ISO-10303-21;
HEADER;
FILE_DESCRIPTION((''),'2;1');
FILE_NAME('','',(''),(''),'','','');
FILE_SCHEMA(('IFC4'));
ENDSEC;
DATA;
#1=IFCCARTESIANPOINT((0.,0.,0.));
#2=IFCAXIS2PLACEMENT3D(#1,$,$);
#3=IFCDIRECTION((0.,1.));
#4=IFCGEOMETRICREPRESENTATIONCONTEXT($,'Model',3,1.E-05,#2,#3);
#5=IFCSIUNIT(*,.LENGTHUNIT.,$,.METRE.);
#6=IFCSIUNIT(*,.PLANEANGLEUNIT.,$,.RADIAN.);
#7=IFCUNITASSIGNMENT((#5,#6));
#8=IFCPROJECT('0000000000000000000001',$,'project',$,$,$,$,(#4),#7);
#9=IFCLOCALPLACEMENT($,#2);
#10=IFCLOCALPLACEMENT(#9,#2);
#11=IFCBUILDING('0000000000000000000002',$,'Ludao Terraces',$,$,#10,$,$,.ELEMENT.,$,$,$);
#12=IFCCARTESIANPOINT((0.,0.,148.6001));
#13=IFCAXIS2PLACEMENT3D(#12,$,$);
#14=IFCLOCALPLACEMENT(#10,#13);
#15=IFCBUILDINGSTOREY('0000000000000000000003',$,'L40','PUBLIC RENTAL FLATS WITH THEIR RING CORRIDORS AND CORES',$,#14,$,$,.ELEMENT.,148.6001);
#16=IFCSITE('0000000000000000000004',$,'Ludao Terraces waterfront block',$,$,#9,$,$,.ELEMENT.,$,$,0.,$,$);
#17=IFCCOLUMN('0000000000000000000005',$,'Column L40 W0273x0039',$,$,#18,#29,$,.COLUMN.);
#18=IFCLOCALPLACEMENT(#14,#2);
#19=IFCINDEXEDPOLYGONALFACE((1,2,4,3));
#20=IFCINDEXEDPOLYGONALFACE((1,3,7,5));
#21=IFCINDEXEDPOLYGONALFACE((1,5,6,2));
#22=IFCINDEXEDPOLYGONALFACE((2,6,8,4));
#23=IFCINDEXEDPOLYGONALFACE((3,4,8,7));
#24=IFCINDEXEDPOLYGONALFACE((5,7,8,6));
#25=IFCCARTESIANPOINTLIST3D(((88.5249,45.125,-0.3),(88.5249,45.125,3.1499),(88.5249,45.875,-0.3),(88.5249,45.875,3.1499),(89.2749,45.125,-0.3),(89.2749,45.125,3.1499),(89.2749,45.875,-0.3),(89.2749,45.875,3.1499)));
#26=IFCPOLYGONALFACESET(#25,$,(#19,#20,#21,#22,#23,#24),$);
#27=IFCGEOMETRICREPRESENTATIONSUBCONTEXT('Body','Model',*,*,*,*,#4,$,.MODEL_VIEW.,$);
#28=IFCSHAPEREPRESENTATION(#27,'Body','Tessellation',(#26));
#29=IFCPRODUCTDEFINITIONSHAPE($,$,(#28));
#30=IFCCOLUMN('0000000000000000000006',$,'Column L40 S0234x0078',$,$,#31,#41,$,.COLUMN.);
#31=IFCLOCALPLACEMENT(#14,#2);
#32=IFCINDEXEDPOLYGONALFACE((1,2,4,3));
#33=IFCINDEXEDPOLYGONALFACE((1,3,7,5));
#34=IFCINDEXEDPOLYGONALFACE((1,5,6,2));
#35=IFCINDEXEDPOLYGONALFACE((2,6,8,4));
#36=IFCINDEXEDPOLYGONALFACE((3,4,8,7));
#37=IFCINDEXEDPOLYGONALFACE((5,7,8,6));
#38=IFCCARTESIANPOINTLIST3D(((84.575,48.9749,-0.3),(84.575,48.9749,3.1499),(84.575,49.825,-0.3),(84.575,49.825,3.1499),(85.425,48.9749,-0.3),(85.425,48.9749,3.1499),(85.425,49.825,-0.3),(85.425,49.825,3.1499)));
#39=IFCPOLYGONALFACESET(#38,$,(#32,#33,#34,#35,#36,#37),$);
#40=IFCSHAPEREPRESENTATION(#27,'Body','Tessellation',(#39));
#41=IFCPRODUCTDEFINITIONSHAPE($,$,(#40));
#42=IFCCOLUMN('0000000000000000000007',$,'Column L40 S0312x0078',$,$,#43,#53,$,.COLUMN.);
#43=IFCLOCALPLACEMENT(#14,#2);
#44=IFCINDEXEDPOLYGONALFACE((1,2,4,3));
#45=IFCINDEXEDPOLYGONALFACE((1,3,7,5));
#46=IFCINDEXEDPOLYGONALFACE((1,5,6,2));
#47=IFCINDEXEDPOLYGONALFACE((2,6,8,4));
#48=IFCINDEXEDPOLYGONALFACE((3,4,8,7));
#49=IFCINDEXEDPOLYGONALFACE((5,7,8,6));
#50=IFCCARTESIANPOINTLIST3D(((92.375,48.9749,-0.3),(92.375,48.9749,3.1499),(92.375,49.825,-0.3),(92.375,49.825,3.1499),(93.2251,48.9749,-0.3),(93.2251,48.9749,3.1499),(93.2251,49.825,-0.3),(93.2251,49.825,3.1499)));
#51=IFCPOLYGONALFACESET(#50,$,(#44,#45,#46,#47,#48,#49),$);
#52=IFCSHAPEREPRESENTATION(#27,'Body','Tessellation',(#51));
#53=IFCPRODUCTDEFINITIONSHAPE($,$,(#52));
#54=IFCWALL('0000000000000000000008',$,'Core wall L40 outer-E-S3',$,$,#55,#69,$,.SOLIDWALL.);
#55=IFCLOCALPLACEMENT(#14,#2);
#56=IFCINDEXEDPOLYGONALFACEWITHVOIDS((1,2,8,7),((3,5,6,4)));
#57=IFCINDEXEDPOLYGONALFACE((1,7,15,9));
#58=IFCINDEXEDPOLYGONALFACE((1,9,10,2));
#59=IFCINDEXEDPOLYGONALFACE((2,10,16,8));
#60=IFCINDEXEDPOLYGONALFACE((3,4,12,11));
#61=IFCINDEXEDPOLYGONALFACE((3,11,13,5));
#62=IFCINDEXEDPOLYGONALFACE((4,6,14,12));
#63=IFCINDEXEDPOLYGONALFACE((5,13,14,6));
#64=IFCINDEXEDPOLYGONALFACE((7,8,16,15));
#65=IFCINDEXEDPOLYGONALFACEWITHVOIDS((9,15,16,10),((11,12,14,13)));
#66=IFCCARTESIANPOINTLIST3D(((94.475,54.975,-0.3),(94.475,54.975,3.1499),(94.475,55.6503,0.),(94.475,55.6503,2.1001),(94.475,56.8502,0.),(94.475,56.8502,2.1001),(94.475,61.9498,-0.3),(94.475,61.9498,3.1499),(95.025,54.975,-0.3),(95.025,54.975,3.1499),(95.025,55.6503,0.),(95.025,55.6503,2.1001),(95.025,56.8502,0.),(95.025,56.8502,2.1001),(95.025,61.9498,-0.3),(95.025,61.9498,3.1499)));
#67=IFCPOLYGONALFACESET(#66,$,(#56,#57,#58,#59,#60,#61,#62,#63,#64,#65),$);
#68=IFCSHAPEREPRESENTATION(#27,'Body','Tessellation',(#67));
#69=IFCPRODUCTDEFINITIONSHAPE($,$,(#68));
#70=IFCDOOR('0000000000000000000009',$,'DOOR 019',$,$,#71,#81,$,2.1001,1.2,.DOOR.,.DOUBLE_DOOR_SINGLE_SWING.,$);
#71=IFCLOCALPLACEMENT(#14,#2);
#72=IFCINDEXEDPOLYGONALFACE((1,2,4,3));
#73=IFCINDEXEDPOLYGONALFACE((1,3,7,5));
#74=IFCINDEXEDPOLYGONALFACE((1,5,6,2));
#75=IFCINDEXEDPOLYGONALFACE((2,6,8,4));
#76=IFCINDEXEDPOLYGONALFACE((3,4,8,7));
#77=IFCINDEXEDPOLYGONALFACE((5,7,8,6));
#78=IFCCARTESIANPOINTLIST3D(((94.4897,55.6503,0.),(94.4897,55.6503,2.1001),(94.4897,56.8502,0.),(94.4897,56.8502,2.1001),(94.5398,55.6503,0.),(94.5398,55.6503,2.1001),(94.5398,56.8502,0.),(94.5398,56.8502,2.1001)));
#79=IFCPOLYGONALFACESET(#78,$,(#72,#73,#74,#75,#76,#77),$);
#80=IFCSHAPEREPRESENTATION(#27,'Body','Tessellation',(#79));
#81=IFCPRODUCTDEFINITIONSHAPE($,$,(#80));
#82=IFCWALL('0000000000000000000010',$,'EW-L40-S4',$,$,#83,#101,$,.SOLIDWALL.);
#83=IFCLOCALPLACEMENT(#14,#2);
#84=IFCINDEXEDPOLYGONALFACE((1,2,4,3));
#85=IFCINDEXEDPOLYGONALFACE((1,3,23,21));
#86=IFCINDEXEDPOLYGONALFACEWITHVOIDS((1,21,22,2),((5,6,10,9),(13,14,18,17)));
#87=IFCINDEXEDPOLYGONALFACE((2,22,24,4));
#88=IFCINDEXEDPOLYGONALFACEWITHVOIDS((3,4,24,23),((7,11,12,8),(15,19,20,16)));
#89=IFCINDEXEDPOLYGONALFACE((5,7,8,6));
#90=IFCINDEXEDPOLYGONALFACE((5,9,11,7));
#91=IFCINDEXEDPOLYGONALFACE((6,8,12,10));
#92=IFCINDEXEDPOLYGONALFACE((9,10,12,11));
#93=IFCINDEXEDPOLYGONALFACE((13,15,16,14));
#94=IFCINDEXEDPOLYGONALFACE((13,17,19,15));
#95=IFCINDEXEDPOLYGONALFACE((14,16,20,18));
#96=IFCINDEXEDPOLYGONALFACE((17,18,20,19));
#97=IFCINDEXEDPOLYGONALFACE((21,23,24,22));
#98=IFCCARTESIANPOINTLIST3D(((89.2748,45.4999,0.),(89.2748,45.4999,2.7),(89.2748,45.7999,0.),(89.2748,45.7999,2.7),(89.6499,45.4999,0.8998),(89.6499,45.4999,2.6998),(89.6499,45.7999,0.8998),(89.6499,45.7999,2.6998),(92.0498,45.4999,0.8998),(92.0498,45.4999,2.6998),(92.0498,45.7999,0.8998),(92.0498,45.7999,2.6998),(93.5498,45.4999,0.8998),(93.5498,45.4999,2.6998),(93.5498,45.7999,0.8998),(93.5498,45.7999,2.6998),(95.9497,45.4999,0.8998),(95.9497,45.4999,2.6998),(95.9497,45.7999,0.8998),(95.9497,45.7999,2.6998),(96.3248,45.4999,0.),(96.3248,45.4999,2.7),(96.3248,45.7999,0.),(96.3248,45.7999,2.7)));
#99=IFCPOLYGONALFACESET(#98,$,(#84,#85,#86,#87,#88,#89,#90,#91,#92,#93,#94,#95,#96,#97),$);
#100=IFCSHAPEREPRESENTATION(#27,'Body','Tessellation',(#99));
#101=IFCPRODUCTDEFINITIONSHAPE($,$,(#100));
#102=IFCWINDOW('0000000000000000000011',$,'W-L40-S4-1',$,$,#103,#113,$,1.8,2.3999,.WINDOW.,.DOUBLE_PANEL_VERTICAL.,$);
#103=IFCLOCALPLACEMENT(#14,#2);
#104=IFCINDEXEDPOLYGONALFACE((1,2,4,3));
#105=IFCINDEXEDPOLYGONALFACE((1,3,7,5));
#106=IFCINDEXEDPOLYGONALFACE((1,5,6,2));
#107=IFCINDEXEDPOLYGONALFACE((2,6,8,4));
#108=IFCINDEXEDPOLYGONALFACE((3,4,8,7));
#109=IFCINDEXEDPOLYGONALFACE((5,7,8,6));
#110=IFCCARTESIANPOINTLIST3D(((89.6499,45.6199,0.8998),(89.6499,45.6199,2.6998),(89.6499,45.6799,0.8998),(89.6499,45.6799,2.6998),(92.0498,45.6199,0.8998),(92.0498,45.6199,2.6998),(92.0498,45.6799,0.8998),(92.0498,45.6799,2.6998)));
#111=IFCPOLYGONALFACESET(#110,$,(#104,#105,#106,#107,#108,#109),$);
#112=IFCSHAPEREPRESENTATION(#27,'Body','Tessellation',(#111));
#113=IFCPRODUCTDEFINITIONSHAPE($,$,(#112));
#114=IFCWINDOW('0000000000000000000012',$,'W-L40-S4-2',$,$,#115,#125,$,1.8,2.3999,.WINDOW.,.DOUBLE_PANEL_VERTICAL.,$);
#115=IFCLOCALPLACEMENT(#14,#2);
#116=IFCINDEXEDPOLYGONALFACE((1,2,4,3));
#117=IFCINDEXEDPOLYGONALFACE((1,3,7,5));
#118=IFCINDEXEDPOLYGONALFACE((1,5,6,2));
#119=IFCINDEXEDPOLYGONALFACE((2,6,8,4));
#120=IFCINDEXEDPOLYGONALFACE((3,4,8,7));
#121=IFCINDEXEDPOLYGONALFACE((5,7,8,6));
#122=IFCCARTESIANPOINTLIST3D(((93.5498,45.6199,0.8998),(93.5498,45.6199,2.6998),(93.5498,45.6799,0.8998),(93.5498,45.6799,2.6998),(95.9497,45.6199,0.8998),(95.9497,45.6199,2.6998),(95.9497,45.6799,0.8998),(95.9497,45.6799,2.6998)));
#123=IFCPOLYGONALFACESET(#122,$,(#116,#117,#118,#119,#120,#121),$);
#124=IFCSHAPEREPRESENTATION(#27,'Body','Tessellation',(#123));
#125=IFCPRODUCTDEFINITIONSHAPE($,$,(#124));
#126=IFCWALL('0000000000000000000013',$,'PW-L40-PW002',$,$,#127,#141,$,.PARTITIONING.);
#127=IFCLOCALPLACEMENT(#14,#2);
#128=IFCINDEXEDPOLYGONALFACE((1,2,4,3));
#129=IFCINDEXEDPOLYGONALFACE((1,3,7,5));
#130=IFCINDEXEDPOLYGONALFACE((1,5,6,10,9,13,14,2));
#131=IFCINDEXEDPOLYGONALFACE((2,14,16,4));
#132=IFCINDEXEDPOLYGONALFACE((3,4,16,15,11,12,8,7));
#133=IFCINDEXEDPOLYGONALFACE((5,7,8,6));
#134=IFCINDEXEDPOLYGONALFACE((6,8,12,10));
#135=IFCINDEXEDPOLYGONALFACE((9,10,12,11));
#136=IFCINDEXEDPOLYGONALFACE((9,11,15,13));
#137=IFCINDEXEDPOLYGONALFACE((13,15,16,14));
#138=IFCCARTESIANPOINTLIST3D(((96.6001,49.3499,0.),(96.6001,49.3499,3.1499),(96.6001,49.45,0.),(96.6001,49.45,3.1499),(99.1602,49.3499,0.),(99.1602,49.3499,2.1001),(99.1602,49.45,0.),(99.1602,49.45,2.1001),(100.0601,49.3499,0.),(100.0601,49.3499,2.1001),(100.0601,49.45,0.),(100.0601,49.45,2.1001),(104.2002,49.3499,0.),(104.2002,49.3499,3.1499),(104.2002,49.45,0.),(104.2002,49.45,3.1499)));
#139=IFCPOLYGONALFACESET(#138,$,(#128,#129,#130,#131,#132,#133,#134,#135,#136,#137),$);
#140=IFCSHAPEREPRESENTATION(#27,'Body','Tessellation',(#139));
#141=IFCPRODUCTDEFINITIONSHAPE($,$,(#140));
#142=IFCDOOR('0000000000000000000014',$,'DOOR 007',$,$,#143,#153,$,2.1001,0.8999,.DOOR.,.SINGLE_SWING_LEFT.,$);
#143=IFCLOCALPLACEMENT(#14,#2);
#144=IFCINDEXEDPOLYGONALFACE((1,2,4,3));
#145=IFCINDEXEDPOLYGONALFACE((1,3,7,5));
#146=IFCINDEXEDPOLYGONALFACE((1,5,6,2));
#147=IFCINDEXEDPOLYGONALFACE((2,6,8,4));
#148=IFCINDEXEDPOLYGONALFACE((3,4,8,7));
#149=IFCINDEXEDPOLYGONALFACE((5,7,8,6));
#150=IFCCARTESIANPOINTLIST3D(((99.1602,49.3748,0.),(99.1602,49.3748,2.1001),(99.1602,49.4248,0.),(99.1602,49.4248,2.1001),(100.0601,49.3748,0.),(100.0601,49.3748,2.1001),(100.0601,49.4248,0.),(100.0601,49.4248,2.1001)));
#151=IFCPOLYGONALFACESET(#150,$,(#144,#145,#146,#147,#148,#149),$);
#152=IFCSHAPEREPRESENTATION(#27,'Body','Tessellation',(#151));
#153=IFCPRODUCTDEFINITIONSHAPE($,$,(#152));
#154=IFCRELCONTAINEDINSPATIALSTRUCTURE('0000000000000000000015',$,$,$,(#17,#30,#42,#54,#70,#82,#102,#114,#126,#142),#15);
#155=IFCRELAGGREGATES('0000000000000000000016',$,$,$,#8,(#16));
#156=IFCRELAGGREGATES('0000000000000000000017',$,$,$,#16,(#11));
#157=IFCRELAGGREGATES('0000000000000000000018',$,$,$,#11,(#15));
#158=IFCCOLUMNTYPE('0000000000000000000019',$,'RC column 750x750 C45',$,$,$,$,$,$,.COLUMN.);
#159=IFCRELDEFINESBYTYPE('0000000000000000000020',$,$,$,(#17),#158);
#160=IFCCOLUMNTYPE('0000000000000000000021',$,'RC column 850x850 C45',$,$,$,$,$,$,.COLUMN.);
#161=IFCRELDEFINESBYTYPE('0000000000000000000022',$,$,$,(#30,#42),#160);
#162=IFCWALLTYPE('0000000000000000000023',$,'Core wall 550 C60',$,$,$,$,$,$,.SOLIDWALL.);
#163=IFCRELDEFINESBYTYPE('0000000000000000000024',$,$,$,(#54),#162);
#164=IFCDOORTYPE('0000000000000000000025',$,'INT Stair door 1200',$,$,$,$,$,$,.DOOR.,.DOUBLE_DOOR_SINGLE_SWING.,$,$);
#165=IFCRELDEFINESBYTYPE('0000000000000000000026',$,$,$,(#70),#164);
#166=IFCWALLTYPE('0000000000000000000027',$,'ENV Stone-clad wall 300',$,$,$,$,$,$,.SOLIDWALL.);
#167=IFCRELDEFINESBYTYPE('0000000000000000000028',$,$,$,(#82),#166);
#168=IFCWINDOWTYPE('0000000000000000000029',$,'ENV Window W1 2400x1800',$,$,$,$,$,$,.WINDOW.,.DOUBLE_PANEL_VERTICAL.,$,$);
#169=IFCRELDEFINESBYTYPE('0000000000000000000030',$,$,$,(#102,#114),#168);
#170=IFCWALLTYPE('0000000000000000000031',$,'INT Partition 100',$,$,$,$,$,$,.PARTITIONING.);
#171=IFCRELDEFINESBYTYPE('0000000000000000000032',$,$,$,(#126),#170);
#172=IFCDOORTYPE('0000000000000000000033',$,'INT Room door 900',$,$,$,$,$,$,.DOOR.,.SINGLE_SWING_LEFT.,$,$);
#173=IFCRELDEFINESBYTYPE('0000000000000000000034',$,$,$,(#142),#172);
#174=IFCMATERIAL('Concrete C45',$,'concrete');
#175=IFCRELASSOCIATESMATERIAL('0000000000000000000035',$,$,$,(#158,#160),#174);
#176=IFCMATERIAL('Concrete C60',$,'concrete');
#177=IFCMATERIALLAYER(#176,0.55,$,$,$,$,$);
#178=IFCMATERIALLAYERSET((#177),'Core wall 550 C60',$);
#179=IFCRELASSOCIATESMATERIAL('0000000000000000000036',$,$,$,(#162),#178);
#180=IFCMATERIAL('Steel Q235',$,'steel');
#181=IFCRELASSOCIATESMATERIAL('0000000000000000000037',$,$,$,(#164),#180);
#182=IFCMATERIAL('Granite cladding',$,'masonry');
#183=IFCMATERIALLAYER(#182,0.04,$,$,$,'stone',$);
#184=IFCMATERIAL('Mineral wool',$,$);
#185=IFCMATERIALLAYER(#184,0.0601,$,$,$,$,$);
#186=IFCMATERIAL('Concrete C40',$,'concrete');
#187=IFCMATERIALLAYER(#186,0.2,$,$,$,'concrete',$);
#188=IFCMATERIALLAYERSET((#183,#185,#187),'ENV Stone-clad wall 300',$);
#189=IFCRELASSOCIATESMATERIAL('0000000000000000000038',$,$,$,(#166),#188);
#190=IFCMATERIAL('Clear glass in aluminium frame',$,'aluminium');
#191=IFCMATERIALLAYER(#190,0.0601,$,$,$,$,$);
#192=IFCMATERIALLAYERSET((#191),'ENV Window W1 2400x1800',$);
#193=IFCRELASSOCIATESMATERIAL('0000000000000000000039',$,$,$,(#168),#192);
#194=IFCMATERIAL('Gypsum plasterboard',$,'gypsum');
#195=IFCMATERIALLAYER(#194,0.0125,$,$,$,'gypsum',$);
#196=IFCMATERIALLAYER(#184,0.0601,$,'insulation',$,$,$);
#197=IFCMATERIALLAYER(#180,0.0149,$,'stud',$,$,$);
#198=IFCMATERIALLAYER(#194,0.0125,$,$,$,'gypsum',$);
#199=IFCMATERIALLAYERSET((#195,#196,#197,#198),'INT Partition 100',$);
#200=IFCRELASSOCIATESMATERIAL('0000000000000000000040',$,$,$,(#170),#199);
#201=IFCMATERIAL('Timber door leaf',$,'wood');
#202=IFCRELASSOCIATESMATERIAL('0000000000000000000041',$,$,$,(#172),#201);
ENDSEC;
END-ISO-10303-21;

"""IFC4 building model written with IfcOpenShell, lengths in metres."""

from ifc_helpers import new_model, si_unit, direction, frame, frame_2d, origin, origin_2d, place, context, subcontext, project, spatial, rectangle, extrude, material, layer, layer_set, material_profile, profile_set, type_object, element, fill, save


model = new_model("IFC4")

# Units and contexts
model_context = context("Model", 3, precision=1e-05, world=origin(), true_north=direction((0.0, 1.0)))
body_context = subcontext(model_context, "Body", "Model", "MODEL_VIEW")
ifc_project = project(units=[si_unit("LENGTHUNIT", "METRE"), si_unit("PLANEANGLEUNIT", "RADIAN")], contexts=[model_context])

# Site, building, storey
site_placement = place(None, origin())
site = spatial("IfcSite", under=ifc_project, at=site_placement, Name="Ludao Terraces waterfront block", CompositionType="ELEMENT", RefElevation=0.0)
building_placement = place(site_placement, origin())
building = spatial("IfcBuilding", under=site, at=building_placement, Name="Ludao Terraces", CompositionType="ELEMENT")
storey_placement = place(building_placement, frame((0.0, 0.0, 148.6001)))
storey = spatial("IfcBuildingStorey", under=building, at=storey_placement, Name="L40", Description="PUBLIC RENTAL FLATS WITH THEIR RING CORRIDORS AND CORES", CompositionType="ELEMENT", Elevation=148.6001)

# Columns
ifc_material_1 = material(Name="Concrete C45", Category="concrete")
ifc_material_profile_1 = material_profile(ifc_material_1, rectangle(XDim=0.75, YDim=0.75, at=origin_2d()), Name="750 X 750")
ifc_profile_set_1 = profile_set([ifc_material_profile_1], Name="Concrete C45")
column_type_1 = type_object("IfcColumnType", Name="RC column 750x750 C45", PredefinedType="COLUMN", material=ifc_profile_set_1)
column_placement = place(storey_placement, frame((88.8999, 45.5, -0.3), z_axis=(0.0, 0.0, 1.0), x_axis=(1.0, 0.0, 0.0)))
element("IfcColumn", 1, at=column_placement, inside=storey, type_object=column_type_1, Name="Column L40 W0273x0039", PredefinedType="COLUMN", context=body_context, shape_type="SweptSolid", body=[
    extrude(rectangle(XDim=0.75, YDim=0.75, at=origin_2d()), origin(), (0.0, 0.0, 1.0), 3.45),
])
ifc_material_profile_2 = material_profile(ifc_material_1, rectangle(XDim=0.8501, YDim=0.8501, at=origin_2d()), Name="850 X 850")
ifc_profile_set_2 = profile_set([ifc_material_profile_2], Name="Concrete C45")
column_type_2 = type_object("IfcColumnType", Name="RC column 850x850 C45", PredefinedType="COLUMN", material=ifc_profile_set_2)
for number, where, z_axis, x_axis, name in (
    (2, (85.0, 49.3999, -0.3), (0.0, 0.0, 1.0), (1.0, 0.0, 0.0), "Column L40 S0234x0078"),
    (3, (92.8, 49.3999, -0.3), (0.0, 0.0, 1.0), (1.0, 0.0, 0.0), "Column L40 S0312x0078"),
):
    element("IfcColumn", number, at=place(storey_placement, frame(where, z_axis=z_axis, x_axis=x_axis)), inside=storey, type_object=column_type_2, Name=name, PredefinedType="COLUMN", context=body_context, shape_type="SweptSolid", body=[
        extrude(rectangle(XDim=0.8501, YDim=0.8501, at=origin_2d()), origin(), (0.0, 0.0, 1.0), 3.45),
    ])

# Wall, opening, door
ifc_material_2 = material(Name="Concrete C60", Category="concrete")
ifc_layer_1 = layer(ifc_material_2, 0.55)
ifc_layer_set_1 = layer_set([ifc_layer_1], Name="Core wall 550 C60")
wall_type_1 = type_object("IfcWallType", Name="Core wall 550 C60", PredefinedType="SOLIDWALL", material=ifc_layer_set_1)
wall_1_placement = place(storey_placement, frame((94.75, 54.9751, -0.3), z_axis=(0.0, 0.0, 1.0), x_axis=(0.0, 1.0, 0.0)))
wall_1 = element("IfcWall", 4, at=wall_1_placement, inside=storey, type_object=wall_type_1, Name="Core wall L40 outer-E-S3", PredefinedType="SOLIDWALL", context=body_context, shape_type="SweptSolid", body=[
    extrude(rectangle(XDim=6.9749, YDim=0.55, at=frame_2d((3.4873, 0.0))), origin(), (0.0, 0.0, 1.0), 3.45),
])
opening_1_placement = place(wall_1_placement, frame((0.675, 0.0, 0.3)))
opening_1 = element("IfcOpeningElement", 5, at=opening_1_placement, cuts=wall_1, PredefinedType="OPENING", context=body_context, shape_type="SweptSolid", body=[
    extrude(rectangle(XDim=1.2, YDim=2.1001, at=frame_2d((0.6001, 1.05))), frame((0.0, 0.2852, 0.0), z_axis=(0.0, -1.0, 0.0), x_axis=(1.0, 0.0, 0.0)), (0.0, 0.0, 1.0), 0.5701),
])
ifc_material_3 = material(Name="Steel Q235", Category="steel")
door_type_1 = type_object("IfcDoorType", Name="INT Stair door 1200", OperationType="DOUBLE_DOOR_SINGLE_SWING", PredefinedType="DOOR", material=ifc_material_3)
door_1_placement = place(opening_1_placement, origin())
door_1 = element("IfcDoor", 6, at=door_1_placement, inside=storey, type_object=door_type_1, Name="DOOR 019", OperationType="DOUBLE_DOOR_SINGLE_SWING", OverallHeight=2.1001, OverallWidth=1.2, PredefinedType="DOOR", context=body_context, shape_type="SweptSolid", body=[
    extrude(rectangle(XDim=1.2, YDim=2.1001, at=frame_2d((0.6001, 1.05))), frame((0.0, 0.2603, 0.0), z_axis=(0.0, -1.0, 0.0), x_axis=(1.0, 0.0, 0.0)), (0.0, 0.0, 1.0), 0.05),
])
fill(opening_1, door_1)

# Wall, openings, windows
ifc_material_4 = material(Name="Granite cladding", Category="masonry")
ifc_layer_2 = layer(ifc_material_4, 0.04, Category="stone")
ifc_material_5 = material(Name="Mineral wool")
ifc_layer_3 = layer(ifc_material_5, 0.0601)
ifc_material_6 = material(Name="Concrete C40", Category="concrete")
ifc_layer_4 = layer(ifc_material_6, 0.2, Category="concrete")
ifc_layer_set_2 = layer_set([ifc_layer_2, ifc_layer_3, ifc_layer_4], Name="ENV Stone-clad wall 300")
wall_type_2 = type_object("IfcWallType", Name="ENV Stone-clad wall 300", PredefinedType="SOLIDWALL", material=ifc_layer_set_2)
wall_2_placement = place(storey_placement, frame((89.2749, 45.6499, 0.0), z_axis=(0.0, 0.0, 1.0), x_axis=(1.0, 0.0, 0.0)))
wall_2 = element("IfcWall", 7, at=wall_2_placement, inside=storey, type_object=wall_type_2, Name="EW-L40-S4", PredefinedType="SOLIDWALL", context=body_context, shape_type="SweptSolid", body=[
    extrude(rectangle(XDim=7.05, YDim=0.3, at=frame_2d((3.5249, 0.0))), origin(), (0.0, 0.0, 1.0), 2.7),
])
opening_2_placement = place(wall_2_placement, frame((0.375, 0.0, 0.8999)))
opening_2 = element("IfcOpeningElement", 8, at=opening_2_placement, cuts=wall_2, PredefinedType="OPENING", context=body_context, shape_type="SweptSolid", body=[
    extrude(rectangle(XDim=2.3999, YDim=1.8, at=frame_2d((1.2, 0.8999))), frame((0.0, 0.1602, 0.0), z_axis=(0.0, -1.0, 0.0), x_axis=(1.0, 0.0, 0.0)), (0.0, 0.0, 1.0), 0.3201),
])
opening_3_placement = place(wall_2_placement, frame((4.2749, 0.0, 0.8999)))
opening_3 = element("IfcOpeningElement", 9, at=opening_3_placement, cuts=wall_2, PredefinedType="OPENING", context=body_context, shape_type="SweptSolid", body=[
    extrude(rectangle(XDim=2.3999, YDim=1.8, at=frame_2d((1.2, 0.8999))), frame((0.0, 0.1602, 0.0), z_axis=(0.0, -1.0, 0.0), x_axis=(1.0, 0.0, 0.0)), (0.0, 0.0, 1.0), 0.3201),
])
ifc_material_7 = material(Name="Clear glass in aluminium frame", Category="aluminium")
ifc_layer_5 = layer(ifc_material_7, 0.0601)
ifc_layer_set_3 = layer_set([ifc_layer_5], Name="ENV Window W1 2400x1800")
window_type = type_object("IfcWindowType", Name="ENV Window W1 2400x1800", PartitioningType="DOUBLE_PANEL_VERTICAL", PredefinedType="WINDOW", material=ifc_layer_set_3)
window_1_placement = place(opening_2_placement, origin())
window_1 = element("IfcWindow", 10, at=window_1_placement, inside=storey, type_object=window_type, Name="W-L40-S4-1", OverallHeight=1.8, OverallWidth=2.3999, PartitioningType="DOUBLE_PANEL_VERTICAL", PredefinedType="WINDOW", context=body_context, shape_type="SweptSolid", body=[
    extrude(rectangle(XDim=2.3999, YDim=1.8, at=frame_2d((1.2, 0.8999))), frame((0.0, 0.03, 0.0), z_axis=(0.0, -1.0, 0.0), x_axis=(1.0, 0.0, 0.0)), (0.0, 0.0, 1.0), 0.0601),
])
fill(opening_2, window_1)
window_2_placement = place(opening_3_placement, origin())
window_2 = element("IfcWindow", 11, at=window_2_placement, inside=storey, type_object=window_type, Name="W-L40-S4-2", OverallHeight=1.8, OverallWidth=2.3999, PartitioningType="DOUBLE_PANEL_VERTICAL", PredefinedType="WINDOW", context=body_context, shape_type="SweptSolid", body=[
    extrude(rectangle(XDim=2.3999, YDim=1.8, at=frame_2d((1.2, 0.8999))), frame((0.0, 0.03, 0.0), z_axis=(0.0, -1.0, 0.0), x_axis=(1.0, 0.0, 0.0)), (0.0, 0.0, 1.0), 0.0601),
])
fill(opening_3, window_2)

# Wall, opening, door
ifc_material_8 = material(Name="Gypsum plasterboard", Category="gypsum")
ifc_layer_6 = layer(ifc_material_8, 0.0125, Category="gypsum")
ifc_layer_7 = layer(ifc_material_5, 0.0601, Name="insulation")
ifc_layer_8 = layer(ifc_material_3, 0.0149, Name="stud")
ifc_layer_9 = layer(ifc_material_8, 0.0125, Category="gypsum")
ifc_layer_set_4 = layer_set([ifc_layer_6, ifc_layer_7, ifc_layer_8, ifc_layer_9], Name="INT Partition 100")
wall_type_3 = type_object("IfcWallType", Name="INT Partition 100", PredefinedType="PARTITIONING", material=ifc_layer_set_4)
wall_3_placement = place(storey_placement, frame((96.6001, 49.3999, 0.0), z_axis=(0.0, 0.0, 1.0), x_axis=(1.0, 0.0, 0.0)))
wall_3 = element("IfcWall", 12, at=wall_3_placement, inside=storey, type_object=wall_type_3, Name="PW-L40-PW002", PredefinedType="PARTITIONING", context=body_context, shape_type="SweptSolid", body=[
    extrude(rectangle(XDim=7.6001, YDim=0.1001, at=frame_2d((3.8, 0.0))), origin(), (0.0, 0.0, 1.0), 3.1499),
])
opening_4_placement = place(wall_3_placement, frame((2.5601, 0.0, 0.0)))
opening_4 = element("IfcOpeningElement", 13, at=opening_4_placement, cuts=wall_3, PredefinedType="OPENING", context=body_context, shape_type="SweptSolid", body=[
    extrude(rectangle(XDim=0.8999, YDim=2.1001, at=frame_2d((0.45, 1.05))), frame((0.0, 0.0601, 0.0), z_axis=(0.0, -1.0, 0.0), x_axis=(1.0, 0.0, 0.0)), (0.0, 0.0, 1.0), 0.1201),
])
ifc_material_9 = material(Name="Timber door leaf", Category="wood")
door_type_2 = type_object("IfcDoorType", Name="INT Room door 900", OperationType="SINGLE_SWING_LEFT", PredefinedType="DOOR", material=ifc_material_9)
door_2_placement = place(opening_4_placement, origin())
door_2 = element("IfcDoor", 14, at=door_2_placement, inside=storey, type_object=door_type_2, Name="DOOR 007", OperationType="SINGLE_SWING_LEFT", OverallHeight=2.1001, OverallWidth=0.8999, PredefinedType="DOOR", context=body_context, shape_type="SweptSolid", body=[
    extrude(rectangle(XDim=0.8999, YDim=2.1001, at=frame_2d((0.45, 1.05))), frame((0.0, 0.0249, 0.0), z_axis=(0.0, -1.0, 0.0), x_axis=(1.0, 0.0, 0.0)), (0.0, 0.0, 1.0), 0.05),
])
fill(opening_4, door_2)

save(model, "model.ifc")
